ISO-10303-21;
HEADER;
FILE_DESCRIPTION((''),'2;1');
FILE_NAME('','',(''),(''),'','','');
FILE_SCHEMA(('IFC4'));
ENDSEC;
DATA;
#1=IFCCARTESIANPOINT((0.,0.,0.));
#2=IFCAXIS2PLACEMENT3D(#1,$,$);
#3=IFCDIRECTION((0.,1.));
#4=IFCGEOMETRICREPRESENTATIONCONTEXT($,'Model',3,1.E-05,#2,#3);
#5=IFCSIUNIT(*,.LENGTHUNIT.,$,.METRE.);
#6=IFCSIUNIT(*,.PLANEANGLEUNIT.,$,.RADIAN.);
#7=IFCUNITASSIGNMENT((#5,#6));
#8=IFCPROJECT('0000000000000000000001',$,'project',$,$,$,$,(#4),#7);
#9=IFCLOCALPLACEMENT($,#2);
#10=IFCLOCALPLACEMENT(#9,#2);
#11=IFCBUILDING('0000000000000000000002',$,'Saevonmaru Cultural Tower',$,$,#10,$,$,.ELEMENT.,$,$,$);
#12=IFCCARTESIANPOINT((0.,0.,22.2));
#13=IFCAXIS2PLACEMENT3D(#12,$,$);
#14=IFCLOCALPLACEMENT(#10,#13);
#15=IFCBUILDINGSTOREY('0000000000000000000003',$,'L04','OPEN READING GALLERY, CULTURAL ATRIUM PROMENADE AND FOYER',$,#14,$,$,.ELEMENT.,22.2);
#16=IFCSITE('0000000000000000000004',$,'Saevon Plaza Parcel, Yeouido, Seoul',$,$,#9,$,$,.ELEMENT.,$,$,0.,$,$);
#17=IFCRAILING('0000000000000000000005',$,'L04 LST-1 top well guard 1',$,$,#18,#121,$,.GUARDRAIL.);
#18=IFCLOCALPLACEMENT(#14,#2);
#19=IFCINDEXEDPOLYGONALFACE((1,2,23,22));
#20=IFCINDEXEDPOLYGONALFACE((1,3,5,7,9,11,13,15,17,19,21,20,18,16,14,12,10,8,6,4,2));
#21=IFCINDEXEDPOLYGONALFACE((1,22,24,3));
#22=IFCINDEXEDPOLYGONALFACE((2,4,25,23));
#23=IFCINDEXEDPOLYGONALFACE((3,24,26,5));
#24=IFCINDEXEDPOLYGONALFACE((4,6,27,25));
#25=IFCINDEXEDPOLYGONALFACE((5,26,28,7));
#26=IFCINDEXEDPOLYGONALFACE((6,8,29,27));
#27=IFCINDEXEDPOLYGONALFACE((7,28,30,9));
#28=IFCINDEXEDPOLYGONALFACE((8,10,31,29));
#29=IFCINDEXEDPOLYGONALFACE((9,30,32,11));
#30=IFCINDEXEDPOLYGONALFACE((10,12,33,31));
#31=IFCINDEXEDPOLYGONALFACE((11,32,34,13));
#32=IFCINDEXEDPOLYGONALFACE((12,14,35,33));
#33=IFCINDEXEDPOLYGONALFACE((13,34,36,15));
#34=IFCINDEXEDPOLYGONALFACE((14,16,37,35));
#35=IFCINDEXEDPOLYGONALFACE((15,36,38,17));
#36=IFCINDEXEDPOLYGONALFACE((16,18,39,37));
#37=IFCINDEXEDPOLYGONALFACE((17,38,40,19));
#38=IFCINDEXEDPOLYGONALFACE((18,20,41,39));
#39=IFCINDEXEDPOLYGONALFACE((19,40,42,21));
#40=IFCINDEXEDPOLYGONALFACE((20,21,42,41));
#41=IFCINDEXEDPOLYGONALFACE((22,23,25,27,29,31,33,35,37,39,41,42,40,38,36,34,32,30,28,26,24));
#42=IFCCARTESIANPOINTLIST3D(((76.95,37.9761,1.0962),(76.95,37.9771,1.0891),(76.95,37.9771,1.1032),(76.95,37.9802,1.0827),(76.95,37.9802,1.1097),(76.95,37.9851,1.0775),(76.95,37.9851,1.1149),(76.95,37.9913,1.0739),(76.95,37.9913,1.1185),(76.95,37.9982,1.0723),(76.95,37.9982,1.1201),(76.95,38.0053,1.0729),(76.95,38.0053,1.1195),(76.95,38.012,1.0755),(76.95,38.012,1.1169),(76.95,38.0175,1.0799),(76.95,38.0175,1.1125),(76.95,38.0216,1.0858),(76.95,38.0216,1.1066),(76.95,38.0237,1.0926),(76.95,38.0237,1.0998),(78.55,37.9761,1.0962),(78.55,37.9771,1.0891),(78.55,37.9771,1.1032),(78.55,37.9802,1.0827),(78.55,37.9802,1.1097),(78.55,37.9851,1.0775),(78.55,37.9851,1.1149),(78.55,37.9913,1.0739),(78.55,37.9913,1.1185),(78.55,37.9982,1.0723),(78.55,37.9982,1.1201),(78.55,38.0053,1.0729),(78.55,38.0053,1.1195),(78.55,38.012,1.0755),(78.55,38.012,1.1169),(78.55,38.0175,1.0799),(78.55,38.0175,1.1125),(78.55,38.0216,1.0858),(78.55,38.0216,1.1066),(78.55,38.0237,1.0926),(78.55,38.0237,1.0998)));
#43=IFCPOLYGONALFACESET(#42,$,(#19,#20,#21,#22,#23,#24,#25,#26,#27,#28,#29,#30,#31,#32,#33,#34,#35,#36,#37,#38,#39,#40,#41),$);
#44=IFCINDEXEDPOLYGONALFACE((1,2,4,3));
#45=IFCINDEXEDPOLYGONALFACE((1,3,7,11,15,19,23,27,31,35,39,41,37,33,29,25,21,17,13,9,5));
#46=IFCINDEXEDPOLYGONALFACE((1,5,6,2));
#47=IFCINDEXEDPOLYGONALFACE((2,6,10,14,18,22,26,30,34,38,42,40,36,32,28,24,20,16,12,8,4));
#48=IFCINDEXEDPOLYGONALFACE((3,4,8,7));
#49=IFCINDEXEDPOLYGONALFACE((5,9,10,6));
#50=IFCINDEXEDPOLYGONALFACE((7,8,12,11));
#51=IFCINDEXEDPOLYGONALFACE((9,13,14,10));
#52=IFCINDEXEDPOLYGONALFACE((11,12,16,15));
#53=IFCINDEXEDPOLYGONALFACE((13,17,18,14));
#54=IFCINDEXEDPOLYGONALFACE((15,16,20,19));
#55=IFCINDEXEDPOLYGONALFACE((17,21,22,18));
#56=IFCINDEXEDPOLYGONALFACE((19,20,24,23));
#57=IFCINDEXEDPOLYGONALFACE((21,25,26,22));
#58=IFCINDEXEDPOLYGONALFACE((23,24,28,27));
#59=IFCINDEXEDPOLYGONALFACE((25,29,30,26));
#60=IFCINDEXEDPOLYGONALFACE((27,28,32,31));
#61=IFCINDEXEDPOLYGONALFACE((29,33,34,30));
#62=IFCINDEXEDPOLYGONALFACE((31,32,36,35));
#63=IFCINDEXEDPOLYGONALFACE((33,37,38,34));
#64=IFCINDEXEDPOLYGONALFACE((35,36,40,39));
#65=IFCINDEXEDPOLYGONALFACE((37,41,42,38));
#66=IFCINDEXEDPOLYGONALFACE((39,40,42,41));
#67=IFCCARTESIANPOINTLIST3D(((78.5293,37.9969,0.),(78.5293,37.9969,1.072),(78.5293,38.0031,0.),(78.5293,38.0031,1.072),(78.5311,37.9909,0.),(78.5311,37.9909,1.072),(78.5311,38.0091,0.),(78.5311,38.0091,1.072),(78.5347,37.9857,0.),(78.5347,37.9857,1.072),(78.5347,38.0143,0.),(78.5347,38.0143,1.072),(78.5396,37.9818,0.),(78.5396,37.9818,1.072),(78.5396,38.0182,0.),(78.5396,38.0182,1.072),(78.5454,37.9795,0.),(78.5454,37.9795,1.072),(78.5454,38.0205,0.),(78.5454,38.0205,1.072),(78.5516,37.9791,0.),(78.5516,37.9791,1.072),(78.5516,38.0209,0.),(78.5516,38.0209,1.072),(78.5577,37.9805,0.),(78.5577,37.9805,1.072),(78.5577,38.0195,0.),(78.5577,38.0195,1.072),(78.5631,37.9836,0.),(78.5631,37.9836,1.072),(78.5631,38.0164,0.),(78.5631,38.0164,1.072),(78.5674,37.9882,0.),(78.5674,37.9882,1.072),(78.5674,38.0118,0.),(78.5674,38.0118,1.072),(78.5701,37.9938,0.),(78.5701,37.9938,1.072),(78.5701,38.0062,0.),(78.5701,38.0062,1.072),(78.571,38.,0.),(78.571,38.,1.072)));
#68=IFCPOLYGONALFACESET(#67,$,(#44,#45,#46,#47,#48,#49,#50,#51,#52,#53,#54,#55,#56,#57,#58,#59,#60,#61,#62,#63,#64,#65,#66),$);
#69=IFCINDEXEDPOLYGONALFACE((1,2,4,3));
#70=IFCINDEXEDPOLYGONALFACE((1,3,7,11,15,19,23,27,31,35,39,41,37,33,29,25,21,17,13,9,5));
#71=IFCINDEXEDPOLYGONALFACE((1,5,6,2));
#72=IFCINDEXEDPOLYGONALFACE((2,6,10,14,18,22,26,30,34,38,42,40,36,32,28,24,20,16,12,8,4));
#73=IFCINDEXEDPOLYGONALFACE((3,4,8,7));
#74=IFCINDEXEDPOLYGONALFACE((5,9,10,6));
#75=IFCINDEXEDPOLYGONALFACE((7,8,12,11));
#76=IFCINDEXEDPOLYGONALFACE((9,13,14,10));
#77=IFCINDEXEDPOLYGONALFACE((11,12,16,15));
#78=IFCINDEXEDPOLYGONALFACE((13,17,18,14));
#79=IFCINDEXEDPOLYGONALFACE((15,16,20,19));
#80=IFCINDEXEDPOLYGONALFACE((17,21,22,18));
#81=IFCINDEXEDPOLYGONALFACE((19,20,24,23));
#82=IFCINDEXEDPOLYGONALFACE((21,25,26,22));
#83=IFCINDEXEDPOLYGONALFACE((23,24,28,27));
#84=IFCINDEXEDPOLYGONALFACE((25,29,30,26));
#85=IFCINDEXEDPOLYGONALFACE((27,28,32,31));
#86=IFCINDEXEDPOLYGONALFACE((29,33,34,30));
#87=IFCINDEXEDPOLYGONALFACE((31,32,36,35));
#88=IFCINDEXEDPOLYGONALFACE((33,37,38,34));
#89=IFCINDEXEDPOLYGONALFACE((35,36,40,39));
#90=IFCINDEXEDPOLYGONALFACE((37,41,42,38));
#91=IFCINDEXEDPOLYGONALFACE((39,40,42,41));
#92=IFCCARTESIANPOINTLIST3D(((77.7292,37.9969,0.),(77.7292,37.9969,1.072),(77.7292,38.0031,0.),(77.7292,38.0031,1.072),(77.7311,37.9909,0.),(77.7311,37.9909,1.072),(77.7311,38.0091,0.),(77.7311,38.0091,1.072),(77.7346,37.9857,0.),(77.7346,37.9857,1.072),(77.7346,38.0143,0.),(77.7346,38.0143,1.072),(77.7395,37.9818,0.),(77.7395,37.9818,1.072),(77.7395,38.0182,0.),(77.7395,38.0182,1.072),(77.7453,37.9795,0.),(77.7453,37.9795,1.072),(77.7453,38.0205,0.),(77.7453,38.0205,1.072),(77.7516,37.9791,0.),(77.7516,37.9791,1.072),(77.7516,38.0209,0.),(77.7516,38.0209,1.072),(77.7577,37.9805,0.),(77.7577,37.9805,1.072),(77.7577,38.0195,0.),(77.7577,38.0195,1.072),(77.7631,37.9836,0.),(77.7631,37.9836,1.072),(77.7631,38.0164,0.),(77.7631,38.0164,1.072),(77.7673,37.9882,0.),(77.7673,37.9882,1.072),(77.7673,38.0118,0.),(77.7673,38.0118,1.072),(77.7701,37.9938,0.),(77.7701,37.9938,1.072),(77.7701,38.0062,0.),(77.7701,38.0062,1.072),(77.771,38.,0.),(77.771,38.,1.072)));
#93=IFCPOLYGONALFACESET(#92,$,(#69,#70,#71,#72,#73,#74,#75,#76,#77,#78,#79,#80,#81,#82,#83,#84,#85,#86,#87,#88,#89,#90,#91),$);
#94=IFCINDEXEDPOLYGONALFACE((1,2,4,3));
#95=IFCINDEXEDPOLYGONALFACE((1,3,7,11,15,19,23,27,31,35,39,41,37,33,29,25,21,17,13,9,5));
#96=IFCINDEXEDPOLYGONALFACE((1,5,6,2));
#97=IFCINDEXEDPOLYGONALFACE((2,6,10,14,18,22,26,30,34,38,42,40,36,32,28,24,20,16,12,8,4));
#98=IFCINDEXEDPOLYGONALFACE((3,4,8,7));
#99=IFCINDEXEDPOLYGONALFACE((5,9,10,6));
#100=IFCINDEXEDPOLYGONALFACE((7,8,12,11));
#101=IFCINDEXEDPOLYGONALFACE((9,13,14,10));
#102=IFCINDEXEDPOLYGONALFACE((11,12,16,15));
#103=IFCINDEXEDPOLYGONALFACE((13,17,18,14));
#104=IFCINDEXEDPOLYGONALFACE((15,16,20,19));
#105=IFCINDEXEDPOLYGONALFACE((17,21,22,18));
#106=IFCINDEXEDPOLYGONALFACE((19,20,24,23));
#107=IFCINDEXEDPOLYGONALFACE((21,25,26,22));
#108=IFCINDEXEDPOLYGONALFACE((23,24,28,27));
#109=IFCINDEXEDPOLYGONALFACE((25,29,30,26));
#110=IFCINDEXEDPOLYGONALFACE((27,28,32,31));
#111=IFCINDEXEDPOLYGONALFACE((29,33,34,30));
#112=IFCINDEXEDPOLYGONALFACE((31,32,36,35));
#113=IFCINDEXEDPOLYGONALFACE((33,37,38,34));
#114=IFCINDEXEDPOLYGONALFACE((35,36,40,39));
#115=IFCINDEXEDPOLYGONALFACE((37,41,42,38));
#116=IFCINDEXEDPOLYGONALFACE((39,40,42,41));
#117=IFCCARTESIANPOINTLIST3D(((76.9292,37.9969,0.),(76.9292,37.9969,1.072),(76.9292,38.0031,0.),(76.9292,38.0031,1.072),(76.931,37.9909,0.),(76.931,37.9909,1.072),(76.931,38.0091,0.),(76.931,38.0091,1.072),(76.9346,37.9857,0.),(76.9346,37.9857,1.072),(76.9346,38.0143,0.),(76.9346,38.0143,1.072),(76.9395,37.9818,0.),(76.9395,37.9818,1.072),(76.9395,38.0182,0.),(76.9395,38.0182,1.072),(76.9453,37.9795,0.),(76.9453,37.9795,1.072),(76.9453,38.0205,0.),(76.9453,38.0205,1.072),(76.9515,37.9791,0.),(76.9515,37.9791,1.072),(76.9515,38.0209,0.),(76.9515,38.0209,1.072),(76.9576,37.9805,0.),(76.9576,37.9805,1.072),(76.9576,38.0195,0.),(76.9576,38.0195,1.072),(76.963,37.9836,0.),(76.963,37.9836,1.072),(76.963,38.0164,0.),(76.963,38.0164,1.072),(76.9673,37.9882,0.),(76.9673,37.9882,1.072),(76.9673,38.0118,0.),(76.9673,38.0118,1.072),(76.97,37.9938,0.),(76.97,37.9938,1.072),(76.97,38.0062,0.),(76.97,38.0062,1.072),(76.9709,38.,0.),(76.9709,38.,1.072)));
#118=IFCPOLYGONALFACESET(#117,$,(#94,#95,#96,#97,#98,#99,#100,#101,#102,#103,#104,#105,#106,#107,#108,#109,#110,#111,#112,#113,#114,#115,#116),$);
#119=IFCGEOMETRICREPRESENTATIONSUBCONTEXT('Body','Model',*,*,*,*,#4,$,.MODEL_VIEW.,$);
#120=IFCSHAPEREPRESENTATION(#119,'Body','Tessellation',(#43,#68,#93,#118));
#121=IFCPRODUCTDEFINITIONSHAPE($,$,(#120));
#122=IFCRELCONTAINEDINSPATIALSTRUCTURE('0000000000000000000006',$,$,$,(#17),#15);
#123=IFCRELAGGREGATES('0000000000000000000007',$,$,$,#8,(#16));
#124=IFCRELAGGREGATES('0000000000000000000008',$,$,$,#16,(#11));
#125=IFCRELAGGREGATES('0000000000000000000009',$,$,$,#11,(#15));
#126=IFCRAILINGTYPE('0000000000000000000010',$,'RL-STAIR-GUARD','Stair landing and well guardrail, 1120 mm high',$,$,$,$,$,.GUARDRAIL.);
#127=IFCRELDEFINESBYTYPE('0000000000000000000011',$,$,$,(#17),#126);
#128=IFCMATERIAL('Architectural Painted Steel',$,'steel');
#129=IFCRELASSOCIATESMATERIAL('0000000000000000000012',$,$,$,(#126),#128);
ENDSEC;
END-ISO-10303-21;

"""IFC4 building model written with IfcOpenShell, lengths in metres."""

from ifc_helpers import new_model, si_unit, direction, frame, origin, origin_2d, place, context, subcontext, project, spatial, circle, extrude, material, type_object, element, save


model = new_model("IFC4")

# Units and contexts
model_context = context("Model", 3, precision=1e-05, world=origin(), true_north=direction((0.0, 1.0)))
body_context = subcontext(model_context, "Body", "Model", "MODEL_VIEW")
ifc_project = project(units=[si_unit("LENGTHUNIT", "METRE"), si_unit("PLANEANGLEUNIT", "RADIAN")], contexts=[model_context])

# Site, building, storey
site_placement = place(None, origin())
site = spatial("IfcSite", under=ifc_project, at=site_placement, Name="Saevon Plaza Parcel, Yeouido, Seoul", CompositionType="ELEMENT", RefElevation=0.0)
building_placement = place(site_placement, origin())
building = spatial("IfcBuilding", under=site, at=building_placement, Name="Saevonmaru Cultural Tower", CompositionType="ELEMENT")
storey_placement = place(building_placement, frame((0.0, 0.0, 22.2)))
storey = spatial("IfcBuildingStorey", under=building, at=storey_placement, Name="L04", Description="OPEN READING GALLERY, CULTURAL ATRIUM PROMENADE AND FOYER", CompositionType="ELEMENT", Elevation=22.2)

# Railing
ifc_material_1 = material(Name="Architectural Painted Steel", Category="steel")
railing_type_1 = type_object("IfcRailingType", Name="RL-STAIR-GUARD", Description="Stair landing and well guardrail, 1120 mm high", PredefinedType="GUARDRAIL", material=ifc_material_1)
railing_1_placement = place(storey_placement, frame((78.55, 38.0, 0.0)))
element("IfcRailing", 1, at=railing_1_placement, inside=storey, type_object=railing_type_1, Name="L04 LST-1 top well guard 1", PredefinedType="GUARDRAIL", context=body_context, shape_type="SweptSolid", body=[
    extrude(circle(Radius=0.0239, at=origin_2d()), frame((0.0, 0.0, 1.0962), z_axis=(-1.0, 0.0, 0.0), x_axis=(0.0, -1.0, 0.0)), (0.0, 0.0, 1.0), 1.6001),
    extrude(circle(Radius=0.021, at=origin_2d()), origin(), (0.0, 0.0, 1.0), 1.072),
    extrude(circle(Radius=0.021, at=origin_2d()), frame((-0.8, 0.0, 0.0)), (0.0, 0.0, 1.0), 1.072),
    extrude(circle(Radius=0.021, at=origin_2d()), frame((-1.6001, 0.0, 0.0)), (0.0, 0.0, 1.0), 1.072),
])

save(model, "model.ifc")
